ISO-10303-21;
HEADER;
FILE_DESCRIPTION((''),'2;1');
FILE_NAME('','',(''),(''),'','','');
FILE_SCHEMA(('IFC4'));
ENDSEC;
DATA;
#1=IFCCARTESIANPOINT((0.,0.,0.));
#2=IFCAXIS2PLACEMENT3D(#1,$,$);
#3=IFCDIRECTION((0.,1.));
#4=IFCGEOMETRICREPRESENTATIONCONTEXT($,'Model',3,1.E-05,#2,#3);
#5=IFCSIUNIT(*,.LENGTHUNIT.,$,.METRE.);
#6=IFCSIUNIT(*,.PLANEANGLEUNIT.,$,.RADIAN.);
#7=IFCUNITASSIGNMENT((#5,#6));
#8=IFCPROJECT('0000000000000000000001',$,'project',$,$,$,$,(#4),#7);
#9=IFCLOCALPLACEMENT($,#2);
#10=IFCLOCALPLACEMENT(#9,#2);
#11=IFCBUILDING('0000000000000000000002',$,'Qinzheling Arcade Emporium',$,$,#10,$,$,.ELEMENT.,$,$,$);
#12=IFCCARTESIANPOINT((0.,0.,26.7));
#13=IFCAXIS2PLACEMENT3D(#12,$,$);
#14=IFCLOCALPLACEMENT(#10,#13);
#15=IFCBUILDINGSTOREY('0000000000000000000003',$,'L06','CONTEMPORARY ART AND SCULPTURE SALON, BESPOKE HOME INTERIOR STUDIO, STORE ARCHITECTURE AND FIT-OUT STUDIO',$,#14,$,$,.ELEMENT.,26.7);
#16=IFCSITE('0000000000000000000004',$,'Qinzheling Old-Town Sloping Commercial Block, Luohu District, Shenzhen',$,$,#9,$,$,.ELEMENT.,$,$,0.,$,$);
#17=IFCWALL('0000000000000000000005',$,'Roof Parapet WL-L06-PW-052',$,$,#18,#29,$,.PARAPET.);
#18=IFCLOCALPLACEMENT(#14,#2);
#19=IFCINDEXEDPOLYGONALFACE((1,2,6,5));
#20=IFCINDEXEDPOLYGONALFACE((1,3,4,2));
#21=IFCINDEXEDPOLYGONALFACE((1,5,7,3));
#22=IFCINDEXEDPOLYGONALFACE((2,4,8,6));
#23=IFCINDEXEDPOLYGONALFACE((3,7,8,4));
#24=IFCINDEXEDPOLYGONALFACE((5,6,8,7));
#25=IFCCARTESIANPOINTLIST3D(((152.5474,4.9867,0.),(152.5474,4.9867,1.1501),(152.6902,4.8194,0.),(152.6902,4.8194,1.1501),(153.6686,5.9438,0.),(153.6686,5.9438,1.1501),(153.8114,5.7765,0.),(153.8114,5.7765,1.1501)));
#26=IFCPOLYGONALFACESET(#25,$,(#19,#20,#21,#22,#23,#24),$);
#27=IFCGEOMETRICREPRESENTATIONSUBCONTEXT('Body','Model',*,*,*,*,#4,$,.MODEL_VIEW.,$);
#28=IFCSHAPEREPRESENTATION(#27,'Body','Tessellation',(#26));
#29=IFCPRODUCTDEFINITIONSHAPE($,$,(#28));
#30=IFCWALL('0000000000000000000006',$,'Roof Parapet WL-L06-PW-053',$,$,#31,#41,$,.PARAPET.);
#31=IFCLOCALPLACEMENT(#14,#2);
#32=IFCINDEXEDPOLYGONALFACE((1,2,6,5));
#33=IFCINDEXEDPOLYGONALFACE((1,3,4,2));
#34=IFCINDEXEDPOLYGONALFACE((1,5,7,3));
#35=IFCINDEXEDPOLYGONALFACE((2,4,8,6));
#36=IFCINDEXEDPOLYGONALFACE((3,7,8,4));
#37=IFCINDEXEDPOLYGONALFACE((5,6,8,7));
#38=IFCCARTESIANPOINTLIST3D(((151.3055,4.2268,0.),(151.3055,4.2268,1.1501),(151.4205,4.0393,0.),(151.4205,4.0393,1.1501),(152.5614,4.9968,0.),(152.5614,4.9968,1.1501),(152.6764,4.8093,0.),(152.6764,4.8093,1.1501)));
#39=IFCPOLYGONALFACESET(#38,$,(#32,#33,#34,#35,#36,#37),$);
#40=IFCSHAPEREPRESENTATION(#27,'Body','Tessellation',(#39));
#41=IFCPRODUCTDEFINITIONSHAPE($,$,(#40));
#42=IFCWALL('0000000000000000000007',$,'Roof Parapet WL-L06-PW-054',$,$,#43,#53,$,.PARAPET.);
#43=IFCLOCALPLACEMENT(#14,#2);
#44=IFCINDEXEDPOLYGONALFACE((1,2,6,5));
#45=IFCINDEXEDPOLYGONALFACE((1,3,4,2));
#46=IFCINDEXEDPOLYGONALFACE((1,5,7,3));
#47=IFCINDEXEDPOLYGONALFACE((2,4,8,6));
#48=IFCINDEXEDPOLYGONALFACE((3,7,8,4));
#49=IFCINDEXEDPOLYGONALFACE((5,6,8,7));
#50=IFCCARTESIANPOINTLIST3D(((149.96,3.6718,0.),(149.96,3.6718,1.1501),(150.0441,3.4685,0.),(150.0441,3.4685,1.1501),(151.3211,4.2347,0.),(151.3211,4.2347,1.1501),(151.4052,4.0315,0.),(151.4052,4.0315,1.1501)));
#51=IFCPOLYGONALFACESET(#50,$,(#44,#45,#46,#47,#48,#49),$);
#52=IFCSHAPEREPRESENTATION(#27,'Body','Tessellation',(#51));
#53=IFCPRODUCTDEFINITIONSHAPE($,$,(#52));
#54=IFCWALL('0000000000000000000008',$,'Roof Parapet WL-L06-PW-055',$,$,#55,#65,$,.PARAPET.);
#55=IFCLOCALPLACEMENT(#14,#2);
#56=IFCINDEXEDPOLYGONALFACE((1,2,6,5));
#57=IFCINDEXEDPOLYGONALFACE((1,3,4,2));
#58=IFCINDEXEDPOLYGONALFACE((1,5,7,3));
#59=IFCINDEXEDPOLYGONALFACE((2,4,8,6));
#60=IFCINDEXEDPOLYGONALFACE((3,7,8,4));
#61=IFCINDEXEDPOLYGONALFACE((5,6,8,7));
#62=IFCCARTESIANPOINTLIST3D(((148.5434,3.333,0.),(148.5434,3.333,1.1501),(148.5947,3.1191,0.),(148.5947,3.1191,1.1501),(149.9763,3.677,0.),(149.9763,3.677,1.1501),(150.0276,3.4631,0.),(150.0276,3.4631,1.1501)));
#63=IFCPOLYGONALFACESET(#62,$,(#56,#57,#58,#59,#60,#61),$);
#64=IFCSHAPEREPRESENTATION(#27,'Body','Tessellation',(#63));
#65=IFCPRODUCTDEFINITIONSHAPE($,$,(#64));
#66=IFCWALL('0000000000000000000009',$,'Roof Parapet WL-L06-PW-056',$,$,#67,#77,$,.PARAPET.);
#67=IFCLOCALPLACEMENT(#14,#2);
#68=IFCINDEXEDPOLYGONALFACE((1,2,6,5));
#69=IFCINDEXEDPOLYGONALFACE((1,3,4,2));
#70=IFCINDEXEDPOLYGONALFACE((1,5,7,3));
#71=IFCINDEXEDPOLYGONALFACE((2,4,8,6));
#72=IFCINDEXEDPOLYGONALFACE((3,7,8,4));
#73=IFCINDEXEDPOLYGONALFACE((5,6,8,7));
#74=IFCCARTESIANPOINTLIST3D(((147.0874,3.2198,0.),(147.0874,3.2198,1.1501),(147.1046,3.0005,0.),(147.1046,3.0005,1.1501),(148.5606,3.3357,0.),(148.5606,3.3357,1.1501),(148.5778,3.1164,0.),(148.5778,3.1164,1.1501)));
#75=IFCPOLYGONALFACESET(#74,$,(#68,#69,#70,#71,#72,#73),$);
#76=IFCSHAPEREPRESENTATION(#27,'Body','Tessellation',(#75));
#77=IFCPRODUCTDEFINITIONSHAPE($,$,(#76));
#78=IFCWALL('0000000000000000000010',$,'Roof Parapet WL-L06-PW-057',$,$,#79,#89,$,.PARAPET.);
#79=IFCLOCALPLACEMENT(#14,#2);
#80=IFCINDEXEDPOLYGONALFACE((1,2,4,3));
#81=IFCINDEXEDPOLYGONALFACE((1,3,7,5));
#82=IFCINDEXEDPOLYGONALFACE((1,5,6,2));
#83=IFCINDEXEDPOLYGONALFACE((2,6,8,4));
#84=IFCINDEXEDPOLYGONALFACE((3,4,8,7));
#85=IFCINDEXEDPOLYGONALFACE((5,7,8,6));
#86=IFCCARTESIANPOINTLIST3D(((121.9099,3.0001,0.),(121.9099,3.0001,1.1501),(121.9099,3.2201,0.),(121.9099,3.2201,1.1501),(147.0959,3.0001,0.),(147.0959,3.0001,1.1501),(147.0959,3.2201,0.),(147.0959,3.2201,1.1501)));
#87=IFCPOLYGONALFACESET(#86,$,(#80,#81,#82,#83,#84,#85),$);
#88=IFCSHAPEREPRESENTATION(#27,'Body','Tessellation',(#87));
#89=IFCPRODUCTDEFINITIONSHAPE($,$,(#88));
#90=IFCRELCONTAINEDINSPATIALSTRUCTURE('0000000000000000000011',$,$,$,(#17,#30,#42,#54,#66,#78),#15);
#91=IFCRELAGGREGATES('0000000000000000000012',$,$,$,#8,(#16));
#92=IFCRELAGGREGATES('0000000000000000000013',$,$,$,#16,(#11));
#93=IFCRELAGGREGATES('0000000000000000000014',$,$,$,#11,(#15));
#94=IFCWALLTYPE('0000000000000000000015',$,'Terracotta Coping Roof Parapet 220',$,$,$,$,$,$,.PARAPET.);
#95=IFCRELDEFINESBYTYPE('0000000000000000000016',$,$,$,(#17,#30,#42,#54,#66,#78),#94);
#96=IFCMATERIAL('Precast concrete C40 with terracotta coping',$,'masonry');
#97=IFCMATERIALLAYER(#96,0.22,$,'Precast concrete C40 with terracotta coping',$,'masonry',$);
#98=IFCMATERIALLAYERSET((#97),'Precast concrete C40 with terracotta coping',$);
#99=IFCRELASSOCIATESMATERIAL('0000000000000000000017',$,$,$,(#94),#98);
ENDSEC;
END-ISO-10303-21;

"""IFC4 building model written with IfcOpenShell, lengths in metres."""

from ifc_helpers import new_model, si_unit, direction, frame, frame_2d, origin, place, context, subcontext, project, spatial, rectangle, extrude, material, layer, layer_set, type_object, element, save


model = new_model("IFC4")

# Units and contexts
model_context = context("Model", 3, precision=1e-05, world=origin(), true_north=direction((0.0, 1.0)))
body_context = subcontext(model_context, "Body", "Model", "MODEL_VIEW")
ifc_project = project(units=[si_unit("LENGTHUNIT", "METRE"), si_unit("PLANEANGLEUNIT", "RADIAN")], contexts=[model_context])

# Site, building, storey
site_placement = place(None, origin())
site = spatial("IfcSite", under=ifc_project, at=site_placement, Name="Qinzheling Old-Town Sloping Commercial Block, Luohu District, Shenzhen", CompositionType="ELEMENT", RefElevation=0.0)
building_placement = place(site_placement, origin())
building = spatial("IfcBuilding", under=site, at=building_placement, Name="Qinzheling Arcade Emporium", CompositionType="ELEMENT")
storey_placement = place(building_placement, frame((0.0, 0.0, 26.7)))
storey = spatial("IfcBuildingStorey", under=building, at=storey_placement, Name="L06", Description="CONTEMPORARY ART AND SCULPTURE SALON, BESPOKE HOME INTERIOR STUDIO, STORE ARCHITECTURE AND FIT-OUT STUDIO", CompositionType="ELEMENT", Elevation=26.7)

# Walls
ifc_material_1 = material(Name="Precast concrete C40 with terracotta coping", Category="masonry")
ifc_layer_1 = layer(ifc_material_1, 0.22, Name="Precast concrete C40 with terracotta coping", Category="masonry")
ifc_layer_set_1 = layer_set([ifc_layer_1], Name="Precast concrete C40 with terracotta coping")
wall_type_1 = type_object("IfcWallType", Name="Terracotta Coping Roof Parapet 220", PredefinedType="PARAPET", material=ifc_layer_set_1)
wall_1_placement = place(storey_placement, frame((153.74, 5.8601, 0.0), z_axis=(0.0, 0.0, 1.0), x_axis=(-0.760565, -0.649262, 0.0)))
element("IfcWall", 1, at=wall_1_placement, inside=storey, type_object=wall_type_1, Name="Roof Parapet WL-L06-PW-052", PredefinedType="PARAPET", context=body_context, shape_type="SweptSolid", body=[
    extrude(rectangle(XDim=1.4741, YDim=0.22, at=frame_2d((0.7371, 0.0))), origin(), (0.0, 0.0, 1.0), 1.1501),
])
wall_2_placement = place(storey_placement, frame((152.6189, 4.9031, 0.0), z_axis=(0.0, 0.0, 1.0), x_axis=(-0.852511, -0.52271, 0.0)))
element("IfcWall", 2, at=wall_2_placement, inside=storey, type_object=wall_type_1, Name="Roof Parapet WL-L06-PW-053", PredefinedType="PARAPET", context=body_context, shape_type="SweptSolid", body=[
    extrude(rectangle(XDim=1.4731, YDim=0.22, at=frame_2d((0.7366, 0.0))), origin(), (0.0, 0.0, 1.0), 1.1501),
])
wall_3_placement = place(storey_placement, frame((151.363, 4.1331, 0.0), z_axis=(0.0, 0.0, 1.0), x_axis=(-0.924069, -0.382225, 0.0)))
element("IfcWall", 3, at=wall_3_placement, inside=storey, type_object=wall_type_1, Name="Roof Parapet WL-L06-PW-054", PredefinedType="PARAPET", context=body_context, shape_type="SweptSolid", body=[
    extrude(rectangle(XDim=1.4729, YDim=0.22, at=frame_2d((0.7363, 0.0))), origin(), (0.0, 0.0, 1.0), 1.1501),
])
wall_4_placement = place(storey_placement, frame((150.002, 3.5701, 0.0), z_axis=(0.0, 0.0, 1.0), x_axis=(-0.972371, -0.233442, 0.0)))
element("IfcWall", 4, at=wall_4_placement, inside=storey, type_object=wall_type_1, Name="Roof Parapet WL-L06-PW-055", PredefinedType="PARAPET", context=body_context, shape_type="SweptSolid", body=[
    extrude(rectangle(XDim=1.4736, YDim=0.22, at=frame_2d((0.7368, 0.0))), origin(), (0.0, 0.0, 1.0), 1.1501),
])
wall_5_placement = place(storey_placement, frame((148.5691, 3.2261, 0.0), z_axis=(0.0, 0.0, 1.0), x_axis=(-0.996916, -0.078478, 0.0)))
element("IfcWall", 5, at=wall_5_placement, inside=storey, type_object=wall_type_1, Name="Roof Parapet WL-L06-PW-056", PredefinedType="PARAPET", context=body_context, shape_type="SweptSolid", body=[
    extrude(rectangle(XDim=1.4778, YDim=0.22, at=frame_2d((0.7388, 0.0))), origin(), (0.0, 0.0, 1.0), 1.1501),
])
wall_6_placement = place(storey_placement, frame((147.0959, 3.1101, 0.0), z_axis=(0.0, 0.0, 1.0), x_axis=(-1.0, 0.0, 0.0)))
element("IfcWall", 6, at=wall_6_placement, inside=storey, type_object=wall_type_1, Name="Roof Parapet WL-L06-PW-057", PredefinedType="PARAPET", context=body_context, shape_type="SweptSolid", body=[
    extrude(rectangle(XDim=25.186, YDim=0.22, at=frame_2d((12.593, 0.0))), origin(), (0.0, 0.0, 1.0), 1.1501),
])

save(model, "model.ifc")
